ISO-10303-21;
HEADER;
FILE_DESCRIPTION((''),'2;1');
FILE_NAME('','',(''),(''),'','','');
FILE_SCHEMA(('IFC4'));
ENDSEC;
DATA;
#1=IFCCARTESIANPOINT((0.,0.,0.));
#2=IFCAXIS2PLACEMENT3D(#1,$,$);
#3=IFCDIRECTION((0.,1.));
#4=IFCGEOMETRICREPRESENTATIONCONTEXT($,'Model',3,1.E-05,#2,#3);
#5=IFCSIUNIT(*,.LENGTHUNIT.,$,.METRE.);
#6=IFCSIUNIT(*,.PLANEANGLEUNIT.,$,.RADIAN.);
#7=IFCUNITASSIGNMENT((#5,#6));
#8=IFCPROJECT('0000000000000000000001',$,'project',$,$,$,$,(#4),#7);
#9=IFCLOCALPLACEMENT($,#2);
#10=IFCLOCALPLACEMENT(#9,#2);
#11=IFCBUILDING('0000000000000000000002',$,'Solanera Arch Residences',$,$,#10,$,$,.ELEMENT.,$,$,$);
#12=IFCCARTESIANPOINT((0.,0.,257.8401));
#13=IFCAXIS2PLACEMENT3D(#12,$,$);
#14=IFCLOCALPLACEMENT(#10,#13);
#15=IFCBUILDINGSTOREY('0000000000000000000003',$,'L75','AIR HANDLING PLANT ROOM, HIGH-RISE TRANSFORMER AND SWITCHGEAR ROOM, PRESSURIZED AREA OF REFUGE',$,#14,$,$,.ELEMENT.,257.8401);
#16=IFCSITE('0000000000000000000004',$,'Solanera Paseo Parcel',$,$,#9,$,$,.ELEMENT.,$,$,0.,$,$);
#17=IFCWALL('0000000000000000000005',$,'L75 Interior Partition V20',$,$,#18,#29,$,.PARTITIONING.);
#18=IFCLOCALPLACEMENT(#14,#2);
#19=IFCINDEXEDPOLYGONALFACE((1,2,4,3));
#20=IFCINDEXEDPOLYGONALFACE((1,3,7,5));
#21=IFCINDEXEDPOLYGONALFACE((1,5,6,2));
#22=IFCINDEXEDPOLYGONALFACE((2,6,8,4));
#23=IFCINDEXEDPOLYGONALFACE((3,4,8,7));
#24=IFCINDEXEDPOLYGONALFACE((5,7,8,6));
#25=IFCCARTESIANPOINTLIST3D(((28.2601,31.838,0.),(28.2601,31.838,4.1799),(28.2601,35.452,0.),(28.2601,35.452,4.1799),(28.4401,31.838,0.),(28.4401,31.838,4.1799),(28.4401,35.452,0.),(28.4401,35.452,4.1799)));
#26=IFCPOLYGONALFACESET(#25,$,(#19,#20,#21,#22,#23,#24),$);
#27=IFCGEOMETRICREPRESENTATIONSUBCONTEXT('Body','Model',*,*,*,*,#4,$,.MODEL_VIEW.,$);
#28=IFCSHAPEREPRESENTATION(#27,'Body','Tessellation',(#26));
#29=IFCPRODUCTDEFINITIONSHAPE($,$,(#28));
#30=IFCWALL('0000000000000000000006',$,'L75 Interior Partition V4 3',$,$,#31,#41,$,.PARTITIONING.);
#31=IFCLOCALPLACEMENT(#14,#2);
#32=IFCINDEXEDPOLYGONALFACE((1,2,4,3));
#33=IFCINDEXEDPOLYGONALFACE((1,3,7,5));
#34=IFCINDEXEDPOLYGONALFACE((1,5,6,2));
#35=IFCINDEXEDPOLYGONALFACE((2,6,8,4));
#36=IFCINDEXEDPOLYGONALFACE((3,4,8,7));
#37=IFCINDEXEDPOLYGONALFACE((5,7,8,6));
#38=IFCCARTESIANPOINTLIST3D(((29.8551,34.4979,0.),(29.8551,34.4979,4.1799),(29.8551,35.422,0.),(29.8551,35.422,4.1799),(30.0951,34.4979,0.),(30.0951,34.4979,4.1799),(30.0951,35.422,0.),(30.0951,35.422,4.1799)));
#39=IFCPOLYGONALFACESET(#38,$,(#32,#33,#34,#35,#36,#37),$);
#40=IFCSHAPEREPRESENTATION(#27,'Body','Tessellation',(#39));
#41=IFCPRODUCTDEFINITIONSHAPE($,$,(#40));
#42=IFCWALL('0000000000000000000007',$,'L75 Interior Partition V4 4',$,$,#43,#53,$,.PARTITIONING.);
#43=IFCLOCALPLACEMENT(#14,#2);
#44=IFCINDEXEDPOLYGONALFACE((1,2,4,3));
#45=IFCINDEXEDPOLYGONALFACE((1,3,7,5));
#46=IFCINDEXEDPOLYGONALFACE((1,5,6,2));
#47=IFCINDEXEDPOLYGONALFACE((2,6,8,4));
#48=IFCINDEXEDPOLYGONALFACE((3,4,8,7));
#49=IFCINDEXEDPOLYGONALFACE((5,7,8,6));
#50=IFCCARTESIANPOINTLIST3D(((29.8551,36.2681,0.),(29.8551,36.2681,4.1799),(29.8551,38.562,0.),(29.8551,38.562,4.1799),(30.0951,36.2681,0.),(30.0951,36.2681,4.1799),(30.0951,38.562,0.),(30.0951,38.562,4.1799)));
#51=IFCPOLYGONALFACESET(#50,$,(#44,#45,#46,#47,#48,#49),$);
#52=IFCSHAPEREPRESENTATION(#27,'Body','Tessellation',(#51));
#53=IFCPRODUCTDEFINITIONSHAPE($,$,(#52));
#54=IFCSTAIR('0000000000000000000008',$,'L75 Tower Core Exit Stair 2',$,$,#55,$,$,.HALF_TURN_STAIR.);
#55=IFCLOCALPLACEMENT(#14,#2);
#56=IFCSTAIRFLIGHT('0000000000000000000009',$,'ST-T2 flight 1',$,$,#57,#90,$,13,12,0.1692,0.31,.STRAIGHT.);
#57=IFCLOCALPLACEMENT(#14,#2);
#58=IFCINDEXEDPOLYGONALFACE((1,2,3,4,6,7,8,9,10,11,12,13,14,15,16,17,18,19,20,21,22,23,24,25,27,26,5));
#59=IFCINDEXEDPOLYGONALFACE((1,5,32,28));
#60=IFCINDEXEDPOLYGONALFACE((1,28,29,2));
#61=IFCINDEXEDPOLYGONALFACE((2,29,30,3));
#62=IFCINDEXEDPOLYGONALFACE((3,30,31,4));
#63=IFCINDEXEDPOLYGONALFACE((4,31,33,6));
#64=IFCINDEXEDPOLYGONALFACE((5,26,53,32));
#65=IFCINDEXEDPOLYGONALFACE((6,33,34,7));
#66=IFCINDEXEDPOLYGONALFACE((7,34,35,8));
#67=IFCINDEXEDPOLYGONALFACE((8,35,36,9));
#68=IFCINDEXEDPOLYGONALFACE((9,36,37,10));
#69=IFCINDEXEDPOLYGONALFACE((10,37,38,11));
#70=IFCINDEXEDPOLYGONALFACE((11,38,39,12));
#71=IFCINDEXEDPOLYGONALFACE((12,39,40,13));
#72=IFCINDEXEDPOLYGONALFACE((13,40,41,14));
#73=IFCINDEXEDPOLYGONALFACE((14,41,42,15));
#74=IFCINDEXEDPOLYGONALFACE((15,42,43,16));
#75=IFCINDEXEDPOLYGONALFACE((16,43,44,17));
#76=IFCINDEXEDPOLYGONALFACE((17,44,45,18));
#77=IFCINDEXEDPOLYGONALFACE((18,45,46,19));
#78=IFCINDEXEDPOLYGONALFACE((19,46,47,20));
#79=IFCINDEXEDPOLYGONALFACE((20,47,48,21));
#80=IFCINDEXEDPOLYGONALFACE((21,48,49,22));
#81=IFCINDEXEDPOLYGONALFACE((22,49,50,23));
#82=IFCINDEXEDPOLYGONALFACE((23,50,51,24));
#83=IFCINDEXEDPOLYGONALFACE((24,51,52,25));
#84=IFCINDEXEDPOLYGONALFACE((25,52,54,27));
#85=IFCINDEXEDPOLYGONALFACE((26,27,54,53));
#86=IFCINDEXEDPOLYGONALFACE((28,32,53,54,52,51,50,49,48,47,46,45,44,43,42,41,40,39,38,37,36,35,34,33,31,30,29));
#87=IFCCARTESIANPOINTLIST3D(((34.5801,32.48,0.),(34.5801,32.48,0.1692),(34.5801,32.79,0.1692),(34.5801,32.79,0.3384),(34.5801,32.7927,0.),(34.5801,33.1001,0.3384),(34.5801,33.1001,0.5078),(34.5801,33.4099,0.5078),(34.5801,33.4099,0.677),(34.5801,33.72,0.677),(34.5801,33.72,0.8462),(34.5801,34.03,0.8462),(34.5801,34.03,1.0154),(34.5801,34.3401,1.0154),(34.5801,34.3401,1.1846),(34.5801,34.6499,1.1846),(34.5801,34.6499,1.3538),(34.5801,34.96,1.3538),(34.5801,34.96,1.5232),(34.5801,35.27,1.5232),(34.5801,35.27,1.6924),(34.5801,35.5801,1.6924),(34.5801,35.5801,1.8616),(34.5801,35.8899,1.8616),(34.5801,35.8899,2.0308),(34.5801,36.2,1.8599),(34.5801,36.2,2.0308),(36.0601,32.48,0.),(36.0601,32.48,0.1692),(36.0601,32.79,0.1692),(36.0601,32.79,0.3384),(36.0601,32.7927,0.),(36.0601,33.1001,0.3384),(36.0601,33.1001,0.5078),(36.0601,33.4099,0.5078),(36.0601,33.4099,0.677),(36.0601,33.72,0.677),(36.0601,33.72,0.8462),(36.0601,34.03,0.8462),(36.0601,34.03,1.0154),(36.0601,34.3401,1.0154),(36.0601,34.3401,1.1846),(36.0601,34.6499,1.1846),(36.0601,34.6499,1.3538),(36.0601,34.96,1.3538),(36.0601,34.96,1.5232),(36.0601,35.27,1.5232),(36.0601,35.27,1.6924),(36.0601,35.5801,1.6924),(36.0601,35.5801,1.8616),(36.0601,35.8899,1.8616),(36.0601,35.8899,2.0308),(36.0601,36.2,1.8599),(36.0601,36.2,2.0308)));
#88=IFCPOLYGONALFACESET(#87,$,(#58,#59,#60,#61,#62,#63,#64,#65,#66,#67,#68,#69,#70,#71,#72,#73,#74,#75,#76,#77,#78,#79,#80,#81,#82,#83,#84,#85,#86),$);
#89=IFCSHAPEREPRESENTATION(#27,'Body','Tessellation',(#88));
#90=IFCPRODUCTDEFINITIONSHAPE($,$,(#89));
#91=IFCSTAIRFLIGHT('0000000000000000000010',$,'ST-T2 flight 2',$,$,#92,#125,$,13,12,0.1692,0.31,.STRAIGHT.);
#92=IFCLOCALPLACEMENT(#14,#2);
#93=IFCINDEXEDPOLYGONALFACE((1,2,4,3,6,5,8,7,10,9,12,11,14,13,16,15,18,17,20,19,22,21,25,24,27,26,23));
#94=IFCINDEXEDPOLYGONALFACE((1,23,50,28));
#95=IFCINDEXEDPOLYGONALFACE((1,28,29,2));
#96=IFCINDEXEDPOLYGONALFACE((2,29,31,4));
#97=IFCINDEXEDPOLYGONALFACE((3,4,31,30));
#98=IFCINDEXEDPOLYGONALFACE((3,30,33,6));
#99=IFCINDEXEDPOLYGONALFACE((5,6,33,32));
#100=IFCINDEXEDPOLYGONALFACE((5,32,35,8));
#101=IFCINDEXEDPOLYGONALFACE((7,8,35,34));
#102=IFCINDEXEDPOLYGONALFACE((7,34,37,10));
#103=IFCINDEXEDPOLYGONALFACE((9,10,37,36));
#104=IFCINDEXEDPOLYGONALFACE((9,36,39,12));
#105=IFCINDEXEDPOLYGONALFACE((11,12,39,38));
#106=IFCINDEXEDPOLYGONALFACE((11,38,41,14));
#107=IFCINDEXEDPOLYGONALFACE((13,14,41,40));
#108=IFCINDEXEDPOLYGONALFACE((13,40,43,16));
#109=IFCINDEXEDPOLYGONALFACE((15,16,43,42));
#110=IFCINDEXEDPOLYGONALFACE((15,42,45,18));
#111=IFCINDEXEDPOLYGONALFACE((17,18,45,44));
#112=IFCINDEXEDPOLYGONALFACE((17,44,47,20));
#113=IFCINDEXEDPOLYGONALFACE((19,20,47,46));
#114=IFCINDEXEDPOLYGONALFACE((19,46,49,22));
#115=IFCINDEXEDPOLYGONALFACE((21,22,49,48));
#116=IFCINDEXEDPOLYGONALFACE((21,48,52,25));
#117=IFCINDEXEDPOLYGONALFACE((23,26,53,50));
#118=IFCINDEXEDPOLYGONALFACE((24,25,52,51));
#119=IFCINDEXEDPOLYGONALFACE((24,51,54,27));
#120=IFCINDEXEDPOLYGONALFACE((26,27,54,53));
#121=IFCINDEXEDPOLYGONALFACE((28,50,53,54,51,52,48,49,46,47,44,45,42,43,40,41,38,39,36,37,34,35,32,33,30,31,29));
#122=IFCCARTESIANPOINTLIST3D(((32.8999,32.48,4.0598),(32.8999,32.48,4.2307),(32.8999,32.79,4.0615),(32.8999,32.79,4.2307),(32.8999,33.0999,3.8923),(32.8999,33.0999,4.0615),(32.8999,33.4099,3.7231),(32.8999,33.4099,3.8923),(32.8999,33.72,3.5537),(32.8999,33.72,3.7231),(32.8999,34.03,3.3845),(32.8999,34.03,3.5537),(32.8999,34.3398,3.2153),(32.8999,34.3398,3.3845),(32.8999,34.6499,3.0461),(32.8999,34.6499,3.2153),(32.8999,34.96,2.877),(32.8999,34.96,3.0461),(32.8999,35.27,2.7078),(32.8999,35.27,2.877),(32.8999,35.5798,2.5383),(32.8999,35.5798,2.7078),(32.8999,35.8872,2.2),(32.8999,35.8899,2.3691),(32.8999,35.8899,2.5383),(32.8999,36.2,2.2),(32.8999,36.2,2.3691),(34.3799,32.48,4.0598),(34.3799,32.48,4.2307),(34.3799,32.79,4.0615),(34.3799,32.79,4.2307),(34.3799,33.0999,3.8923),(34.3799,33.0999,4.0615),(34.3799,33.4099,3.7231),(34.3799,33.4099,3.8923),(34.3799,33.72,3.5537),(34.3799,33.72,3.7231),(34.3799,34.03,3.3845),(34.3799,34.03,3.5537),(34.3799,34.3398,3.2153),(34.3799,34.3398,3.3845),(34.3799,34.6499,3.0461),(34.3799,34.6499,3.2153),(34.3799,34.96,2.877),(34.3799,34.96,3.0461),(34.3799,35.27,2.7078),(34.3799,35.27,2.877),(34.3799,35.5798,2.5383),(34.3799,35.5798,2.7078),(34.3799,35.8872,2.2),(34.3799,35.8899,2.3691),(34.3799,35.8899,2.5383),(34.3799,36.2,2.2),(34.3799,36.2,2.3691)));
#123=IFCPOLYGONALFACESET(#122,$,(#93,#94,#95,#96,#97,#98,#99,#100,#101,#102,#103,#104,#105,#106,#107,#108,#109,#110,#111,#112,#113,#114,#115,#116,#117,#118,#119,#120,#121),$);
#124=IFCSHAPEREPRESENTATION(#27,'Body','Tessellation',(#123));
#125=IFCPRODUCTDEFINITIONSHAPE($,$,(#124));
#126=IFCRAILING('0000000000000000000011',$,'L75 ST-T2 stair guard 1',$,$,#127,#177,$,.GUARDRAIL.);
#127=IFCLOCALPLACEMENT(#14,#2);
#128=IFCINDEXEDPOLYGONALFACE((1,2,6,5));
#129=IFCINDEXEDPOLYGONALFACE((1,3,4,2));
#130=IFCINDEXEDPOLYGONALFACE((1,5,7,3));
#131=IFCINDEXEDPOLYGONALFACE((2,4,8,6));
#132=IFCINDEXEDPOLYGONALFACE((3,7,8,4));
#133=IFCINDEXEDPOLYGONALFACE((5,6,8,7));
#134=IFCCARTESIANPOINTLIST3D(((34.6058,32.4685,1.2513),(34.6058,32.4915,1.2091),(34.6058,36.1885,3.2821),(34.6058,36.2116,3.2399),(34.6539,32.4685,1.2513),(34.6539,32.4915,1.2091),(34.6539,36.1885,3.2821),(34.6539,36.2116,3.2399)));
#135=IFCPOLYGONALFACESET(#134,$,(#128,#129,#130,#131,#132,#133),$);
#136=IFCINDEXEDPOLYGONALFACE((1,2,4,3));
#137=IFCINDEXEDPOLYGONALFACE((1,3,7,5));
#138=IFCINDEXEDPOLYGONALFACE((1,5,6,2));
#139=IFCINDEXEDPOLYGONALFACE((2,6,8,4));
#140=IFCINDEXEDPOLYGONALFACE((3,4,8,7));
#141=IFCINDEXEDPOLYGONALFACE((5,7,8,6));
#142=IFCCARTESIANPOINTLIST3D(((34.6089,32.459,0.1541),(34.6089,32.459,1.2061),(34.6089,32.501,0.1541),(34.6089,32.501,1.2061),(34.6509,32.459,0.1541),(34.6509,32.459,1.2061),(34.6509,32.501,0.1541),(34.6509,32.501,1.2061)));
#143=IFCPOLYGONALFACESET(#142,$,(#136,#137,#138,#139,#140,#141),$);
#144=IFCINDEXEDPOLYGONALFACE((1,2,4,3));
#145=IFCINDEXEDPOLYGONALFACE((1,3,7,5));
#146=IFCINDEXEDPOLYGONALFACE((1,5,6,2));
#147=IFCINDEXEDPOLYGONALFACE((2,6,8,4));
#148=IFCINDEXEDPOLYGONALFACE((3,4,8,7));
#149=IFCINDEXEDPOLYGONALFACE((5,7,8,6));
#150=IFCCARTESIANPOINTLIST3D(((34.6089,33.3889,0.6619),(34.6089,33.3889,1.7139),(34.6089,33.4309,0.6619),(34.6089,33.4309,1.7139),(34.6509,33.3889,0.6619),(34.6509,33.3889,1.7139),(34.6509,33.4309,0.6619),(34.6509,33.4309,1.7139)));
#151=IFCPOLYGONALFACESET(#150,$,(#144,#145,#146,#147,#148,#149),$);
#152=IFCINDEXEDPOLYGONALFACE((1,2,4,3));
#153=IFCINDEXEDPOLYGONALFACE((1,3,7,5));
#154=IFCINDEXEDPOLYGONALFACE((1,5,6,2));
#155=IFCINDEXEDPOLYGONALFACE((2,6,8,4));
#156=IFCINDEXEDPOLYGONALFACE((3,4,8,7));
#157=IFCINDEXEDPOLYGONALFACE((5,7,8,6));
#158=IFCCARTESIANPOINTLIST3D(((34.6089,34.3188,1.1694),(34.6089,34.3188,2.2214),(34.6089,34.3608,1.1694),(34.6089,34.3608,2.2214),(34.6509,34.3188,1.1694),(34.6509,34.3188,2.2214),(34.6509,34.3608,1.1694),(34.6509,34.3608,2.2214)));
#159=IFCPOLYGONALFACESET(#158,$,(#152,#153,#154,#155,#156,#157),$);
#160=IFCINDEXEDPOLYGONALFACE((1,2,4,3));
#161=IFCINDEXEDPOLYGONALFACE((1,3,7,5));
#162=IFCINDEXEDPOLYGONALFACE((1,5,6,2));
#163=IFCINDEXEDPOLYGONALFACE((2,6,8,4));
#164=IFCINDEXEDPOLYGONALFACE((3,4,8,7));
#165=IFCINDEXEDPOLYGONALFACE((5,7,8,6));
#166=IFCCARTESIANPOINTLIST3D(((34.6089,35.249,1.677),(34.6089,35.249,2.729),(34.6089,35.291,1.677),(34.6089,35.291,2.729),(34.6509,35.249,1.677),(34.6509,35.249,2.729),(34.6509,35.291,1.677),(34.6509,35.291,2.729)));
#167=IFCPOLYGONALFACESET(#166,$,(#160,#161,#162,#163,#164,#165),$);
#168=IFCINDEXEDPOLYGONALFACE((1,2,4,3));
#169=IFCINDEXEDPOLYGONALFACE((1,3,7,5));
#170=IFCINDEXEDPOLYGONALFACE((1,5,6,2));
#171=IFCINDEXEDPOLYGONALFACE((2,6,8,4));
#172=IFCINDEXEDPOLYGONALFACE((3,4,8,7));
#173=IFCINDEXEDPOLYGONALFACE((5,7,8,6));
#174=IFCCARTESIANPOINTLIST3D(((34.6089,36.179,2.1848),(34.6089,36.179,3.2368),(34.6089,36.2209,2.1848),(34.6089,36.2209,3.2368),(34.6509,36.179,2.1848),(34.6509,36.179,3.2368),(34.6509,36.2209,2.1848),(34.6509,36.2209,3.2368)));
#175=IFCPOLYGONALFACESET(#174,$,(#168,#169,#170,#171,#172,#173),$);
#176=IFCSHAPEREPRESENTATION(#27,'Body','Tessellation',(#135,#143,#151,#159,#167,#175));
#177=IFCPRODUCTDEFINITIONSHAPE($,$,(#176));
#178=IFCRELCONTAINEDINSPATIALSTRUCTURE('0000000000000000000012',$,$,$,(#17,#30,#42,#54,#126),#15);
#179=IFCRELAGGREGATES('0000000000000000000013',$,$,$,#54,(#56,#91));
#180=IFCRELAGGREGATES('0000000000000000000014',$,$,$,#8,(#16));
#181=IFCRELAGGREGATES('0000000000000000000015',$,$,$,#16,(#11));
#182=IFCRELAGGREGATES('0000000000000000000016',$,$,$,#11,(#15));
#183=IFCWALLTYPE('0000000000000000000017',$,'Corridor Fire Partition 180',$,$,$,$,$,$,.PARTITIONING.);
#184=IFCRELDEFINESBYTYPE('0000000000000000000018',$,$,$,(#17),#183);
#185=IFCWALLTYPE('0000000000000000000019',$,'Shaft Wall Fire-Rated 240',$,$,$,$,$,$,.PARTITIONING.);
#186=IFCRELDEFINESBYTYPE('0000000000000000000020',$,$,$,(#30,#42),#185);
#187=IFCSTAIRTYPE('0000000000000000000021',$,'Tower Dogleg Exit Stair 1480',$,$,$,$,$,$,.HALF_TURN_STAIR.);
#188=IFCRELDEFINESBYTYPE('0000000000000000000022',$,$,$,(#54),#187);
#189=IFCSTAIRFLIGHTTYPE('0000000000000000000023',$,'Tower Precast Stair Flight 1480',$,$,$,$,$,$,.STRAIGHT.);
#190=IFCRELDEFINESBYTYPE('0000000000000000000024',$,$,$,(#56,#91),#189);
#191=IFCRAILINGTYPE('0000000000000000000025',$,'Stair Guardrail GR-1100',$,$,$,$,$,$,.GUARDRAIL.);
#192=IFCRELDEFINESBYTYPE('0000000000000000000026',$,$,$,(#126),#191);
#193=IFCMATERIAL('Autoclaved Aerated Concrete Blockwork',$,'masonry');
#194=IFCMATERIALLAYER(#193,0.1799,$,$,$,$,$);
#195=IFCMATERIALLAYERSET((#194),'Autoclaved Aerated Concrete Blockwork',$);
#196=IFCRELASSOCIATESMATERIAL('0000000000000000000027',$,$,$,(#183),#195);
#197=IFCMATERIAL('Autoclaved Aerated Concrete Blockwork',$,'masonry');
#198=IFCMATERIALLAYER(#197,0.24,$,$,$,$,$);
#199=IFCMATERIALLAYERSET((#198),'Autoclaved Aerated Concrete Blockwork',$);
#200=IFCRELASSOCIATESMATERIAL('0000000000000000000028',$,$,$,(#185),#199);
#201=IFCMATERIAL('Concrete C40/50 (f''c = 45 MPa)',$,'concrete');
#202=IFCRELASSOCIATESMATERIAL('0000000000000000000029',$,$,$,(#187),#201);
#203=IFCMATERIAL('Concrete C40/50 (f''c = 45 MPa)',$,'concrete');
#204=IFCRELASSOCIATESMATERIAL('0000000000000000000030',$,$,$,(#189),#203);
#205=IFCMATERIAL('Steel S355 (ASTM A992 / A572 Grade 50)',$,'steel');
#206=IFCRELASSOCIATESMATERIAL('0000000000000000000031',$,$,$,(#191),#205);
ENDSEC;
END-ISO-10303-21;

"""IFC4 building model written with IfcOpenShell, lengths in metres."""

from ifc_helpers import new_model, si_unit, direction, frame, frame_2d, origin, origin_2d, place, context, subcontext, project, spatial, polyline, rectangle, outline, extrude, material, layer, layer_set, type_object, element, aggregate, save


model = new_model("IFC4")

# Units and contexts
model_context = context("Model", 3, precision=1e-05, world=origin(), true_north=direction((0.0, 1.0)))
body_context = subcontext(model_context, "Body", "Model", "MODEL_VIEW")
ifc_project = project(units=[si_unit("LENGTHUNIT", "METRE"), si_unit("PLANEANGLEUNIT", "RADIAN")], contexts=[model_context])

# Site, building, storey
site_placement = place(None, origin())
site = spatial("IfcSite", under=ifc_project, at=site_placement, Name="Solanera Paseo Parcel", CompositionType="ELEMENT", RefElevation=0.0)
building_placement = place(site_placement, origin())
building = spatial("IfcBuilding", under=site, at=building_placement, Name="Solanera Arch Residences", CompositionType="ELEMENT")
storey_placement = place(building_placement, frame((0.0, 0.0, 257.8401)))
storey = spatial("IfcBuildingStorey", under=building, at=storey_placement, Name="L75", Description="AIR HANDLING PLANT ROOM, HIGH-RISE TRANSFORMER AND SWITCHGEAR ROOM, PRESSURIZED AREA OF REFUGE", CompositionType="ELEMENT", Elevation=257.8401)

# Shared definitions
ifc_material_1 = material(Name="Autoclaved Aerated Concrete Blockwork", Category="masonry")
ifc_layer_1 = layer(ifc_material_1, 0.1799)
ifc_layer_set_1 = layer_set([ifc_layer_1], Name="Autoclaved Aerated Concrete Blockwork")
wall_type_1 = type_object("IfcWallType", Name="Corridor Fire Partition 180", PredefinedType="PARTITIONING", material=ifc_layer_set_1)

# Wall
wall_1_placement = place(storey_placement, frame((28.3501, 31.8379, 0.0), z_axis=(0.0, 0.0, 1.0), x_axis=(0.0, 1.0, 0.0)))
element("IfcWall", 1, at=wall_1_placement, inside=storey, type_object=wall_type_1, Name="L75 Interior Partition V20", PredefinedType="PARTITIONING", context=body_context, shape_type="SweptSolid", body=[
    extrude(rectangle(XDim=3.614, YDim=0.1799, at=frame_2d((1.8071, 0.0))), origin(), (0.0, 0.0, 1.0), 4.1799),
])

# Shared definitions
ifc_material_2 = material(Name="Autoclaved Aerated Concrete Blockwork", Category="masonry")
ifc_layer_2 = layer(ifc_material_2, 0.24)
ifc_layer_set_2 = layer_set([ifc_layer_2], Name="Autoclaved Aerated Concrete Blockwork")
wall_type_2 = type_object("IfcWallType", Name="Shaft Wall Fire-Rated 240", PredefinedType="PARTITIONING", material=ifc_layer_set_2)

# Walls
wall_2_placement = place(storey_placement, frame((29.9751, 34.498, 0.0), z_axis=(0.0, 0.0, 1.0), x_axis=(0.0, 1.0, 0.0)))
element("IfcWall", 2, at=wall_2_placement, inside=storey, type_object=wall_type_2, Name="L75 Interior Partition V4 3", PredefinedType="PARTITIONING", context=body_context, shape_type="SweptSolid", body=[
    extrude(rectangle(XDim=0.9241, YDim=0.24, at=frame_2d((0.4619, 0.0))), origin(), (0.0, 0.0, 1.0), 4.1799),
])
wall_3_placement = place(storey_placement, frame((29.9751, 36.2681, 0.0), z_axis=(0.0, 0.0, 1.0), x_axis=(0.0, 1.0, 0.0)))
element("IfcWall", 3, at=wall_3_placement, inside=storey, type_object=wall_type_2, Name="L75 Interior Partition V4 4", PredefinedType="PARTITIONING", context=body_context, shape_type="SweptSolid", body=[
    extrude(rectangle(XDim=2.2939, YDim=0.24, at=frame_2d((1.147, 0.0))), origin(), (0.0, 0.0, 1.0), 4.1799),
])

# Stair, stair flights
ifc_material_3 = material(Name="Concrete C40/50 (f'c = 45 MPa)", Category="concrete")
stair_type = type_object("IfcStairType", Name="Tower Dogleg Exit Stair 1480", PredefinedType="HALF_TURN_STAIR", material=ifc_material_3)
stair_placement = place(storey_placement, origin())
stair = element("IfcStair", 4, at=stair_placement, inside=storey, type_object=stair_type, Name="L75 Tower Core Exit Stair 2", PredefinedType="HALF_TURN_STAIR")
ifc_material_4 = material(Name="Concrete C40/50 (f'c = 45 MPa)", Category="concrete")
stair_flight_type = type_object("IfcStairFlightType", Name="Tower Precast Stair Flight 1480", PredefinedType="STRAIGHT", material=ifc_material_4)
stair_flight_1_placement = place(storey_placement, frame((35.3201, 32.48, 0.0), z_axis=(0.0, 0.0, 1.0), x_axis=(0.0, 1.0, 0.0)))
stair_flight_1 = element("IfcStairFlight", 5, at=stair_flight_1_placement, type_object=stair_flight_type, Name="ST-T2 flight 1", NumberOfRisers=13, NumberOfTreads=12, PredefinedType="STRAIGHT", RiserHeight=0.1692, TreadLength=0.31, context=body_context, shape_type="SweptSolid", body=[
    extrude(outline(polyline([(0.0, 0.0), (0.0, 0.1692), (0.3101, 0.1692), (0.3101, 0.3384), (0.6201, 0.3384), (0.6201, 0.5078), (0.9299, 0.5078), (0.9299, 0.677), (1.24, 0.677), (1.24, 0.8462), (1.55, 0.8462), (1.55, 1.0154), (1.8601, 1.0154), (1.8601, 1.1846), (2.1699, 1.1846), (2.1699, 1.3538), (2.48, 1.3538), (2.48, 1.5232), (2.79, 1.5232), (2.79, 1.6924), (3.1001, 1.6924), (3.1001, 1.8616), (3.4099, 1.8616), (3.4099, 2.0308), (3.72, 2.0308), (3.72, 2.2), (3.72, 1.8599), (0.3127, 0.0), (0.0, 0.0)])), frame((0.0, 0.74, 0.0), z_axis=(0.0, -1.0, 0.0), x_axis=(1.0, 0.0, 0.0)), (0.0, 0.0, 1.0), 1.48),
])
stair_flight_2_placement = place(storey_placement, frame((33.6399, 36.2, 2.2), z_axis=(0.0, 0.0, 1.0), x_axis=(0.0, -1.0, 0.0)))
stair_flight_2 = element("IfcStairFlight", 6, at=stair_flight_2_placement, type_object=stair_flight_type, Name="ST-T2 flight 2", NumberOfRisers=13, NumberOfTreads=12, PredefinedType="STRAIGHT", RiserHeight=0.1692, TreadLength=0.31, context=body_context, shape_type="SweptSolid", body=[
    extrude(outline(polyline([(0.0, 0.0), (0.0, 0.1692), (0.3101, 0.1692), (0.3101, 0.3384), (0.6201, 0.3384), (0.6201, 0.5078), (0.9299, 0.5078), (0.9299, 0.677), (1.24, 0.677), (1.24, 0.8462), (1.55, 0.8462), (1.55, 1.0154), (1.8601, 1.0154), (1.8601, 1.1846), (2.1699, 1.1846), (2.1699, 1.3538), (2.48, 1.3538), (2.48, 1.5232), (2.79, 1.5232), (2.79, 1.6924), (3.1001, 1.6924), (3.1001, 1.8616), (3.4099, 1.8616), (3.4099, 2.0308), (3.72, 2.0308), (3.72, 2.2), (3.72, 1.8599), (0.3127, 0.0), (0.0, 0.0)])), frame((0.0, 0.74, 0.0), z_axis=(0.0, -1.0, 0.0), x_axis=(1.0, 0.0, 0.0)), (0.0, 0.0, 1.0), 1.48),
])
aggregate(stair, [stair_flight_1, stair_flight_2])

# Railing
ifc_material_5 = material(Name="Steel S355 (ASTM A992 / A572 Grade 50)", Category="steel")
railing_type_1 = type_object("IfcRailingType", Name="Stair Guardrail GR-1100", PredefinedType="GUARDRAIL", material=ifc_material_5)
railing_1_placement = place(storey_placement, frame((34.6299, 32.48, 0.1541)))
element("IfcRailing", 7, at=railing_1_placement, inside=storey, type_object=railing_type_1, Name="L75 ST-T2 stair guard 1", PredefinedType="GUARDRAIL", context=body_context, shape_type="SweptSolid", body=[
    extrude(rectangle(XDim=0.0481, YDim=0.0481, at=origin_2d()), frame((0.0, 0.0, 1.0762), z_axis=(0.0, 0.877728, 0.479159), x_axis=(-1.0, 0.0, 0.0)), (0.0, 0.0, 1.0), 4.2383),
    extrude(rectangle(XDim=0.042, YDim=0.042, at=origin_2d()), origin(), (0.0, 0.0, 1.0), 1.052),
    extrude(rectangle(XDim=0.042, YDim=0.042, at=origin_2d()), frame((0.0, 0.9299, 0.5078)), (0.0, 0.0, 1.0), 1.052),
    extrude(rectangle(XDim=0.042, YDim=0.042, at=origin_2d()), frame((0.0, 1.8599, 1.0154)), (0.0, 0.0, 1.0), 1.052),
    extrude(rectangle(XDim=0.042, YDim=0.042, at=origin_2d()), frame((0.0, 2.79, 1.5229)), (0.0, 0.0, 1.0), 1.052),
    extrude(rectangle(XDim=0.042, YDim=0.042, at=origin_2d()), frame((0.0, 3.72, 2.0308)), (0.0, 0.0, 1.0), 1.052),
])

save(model, "model.ifc")
